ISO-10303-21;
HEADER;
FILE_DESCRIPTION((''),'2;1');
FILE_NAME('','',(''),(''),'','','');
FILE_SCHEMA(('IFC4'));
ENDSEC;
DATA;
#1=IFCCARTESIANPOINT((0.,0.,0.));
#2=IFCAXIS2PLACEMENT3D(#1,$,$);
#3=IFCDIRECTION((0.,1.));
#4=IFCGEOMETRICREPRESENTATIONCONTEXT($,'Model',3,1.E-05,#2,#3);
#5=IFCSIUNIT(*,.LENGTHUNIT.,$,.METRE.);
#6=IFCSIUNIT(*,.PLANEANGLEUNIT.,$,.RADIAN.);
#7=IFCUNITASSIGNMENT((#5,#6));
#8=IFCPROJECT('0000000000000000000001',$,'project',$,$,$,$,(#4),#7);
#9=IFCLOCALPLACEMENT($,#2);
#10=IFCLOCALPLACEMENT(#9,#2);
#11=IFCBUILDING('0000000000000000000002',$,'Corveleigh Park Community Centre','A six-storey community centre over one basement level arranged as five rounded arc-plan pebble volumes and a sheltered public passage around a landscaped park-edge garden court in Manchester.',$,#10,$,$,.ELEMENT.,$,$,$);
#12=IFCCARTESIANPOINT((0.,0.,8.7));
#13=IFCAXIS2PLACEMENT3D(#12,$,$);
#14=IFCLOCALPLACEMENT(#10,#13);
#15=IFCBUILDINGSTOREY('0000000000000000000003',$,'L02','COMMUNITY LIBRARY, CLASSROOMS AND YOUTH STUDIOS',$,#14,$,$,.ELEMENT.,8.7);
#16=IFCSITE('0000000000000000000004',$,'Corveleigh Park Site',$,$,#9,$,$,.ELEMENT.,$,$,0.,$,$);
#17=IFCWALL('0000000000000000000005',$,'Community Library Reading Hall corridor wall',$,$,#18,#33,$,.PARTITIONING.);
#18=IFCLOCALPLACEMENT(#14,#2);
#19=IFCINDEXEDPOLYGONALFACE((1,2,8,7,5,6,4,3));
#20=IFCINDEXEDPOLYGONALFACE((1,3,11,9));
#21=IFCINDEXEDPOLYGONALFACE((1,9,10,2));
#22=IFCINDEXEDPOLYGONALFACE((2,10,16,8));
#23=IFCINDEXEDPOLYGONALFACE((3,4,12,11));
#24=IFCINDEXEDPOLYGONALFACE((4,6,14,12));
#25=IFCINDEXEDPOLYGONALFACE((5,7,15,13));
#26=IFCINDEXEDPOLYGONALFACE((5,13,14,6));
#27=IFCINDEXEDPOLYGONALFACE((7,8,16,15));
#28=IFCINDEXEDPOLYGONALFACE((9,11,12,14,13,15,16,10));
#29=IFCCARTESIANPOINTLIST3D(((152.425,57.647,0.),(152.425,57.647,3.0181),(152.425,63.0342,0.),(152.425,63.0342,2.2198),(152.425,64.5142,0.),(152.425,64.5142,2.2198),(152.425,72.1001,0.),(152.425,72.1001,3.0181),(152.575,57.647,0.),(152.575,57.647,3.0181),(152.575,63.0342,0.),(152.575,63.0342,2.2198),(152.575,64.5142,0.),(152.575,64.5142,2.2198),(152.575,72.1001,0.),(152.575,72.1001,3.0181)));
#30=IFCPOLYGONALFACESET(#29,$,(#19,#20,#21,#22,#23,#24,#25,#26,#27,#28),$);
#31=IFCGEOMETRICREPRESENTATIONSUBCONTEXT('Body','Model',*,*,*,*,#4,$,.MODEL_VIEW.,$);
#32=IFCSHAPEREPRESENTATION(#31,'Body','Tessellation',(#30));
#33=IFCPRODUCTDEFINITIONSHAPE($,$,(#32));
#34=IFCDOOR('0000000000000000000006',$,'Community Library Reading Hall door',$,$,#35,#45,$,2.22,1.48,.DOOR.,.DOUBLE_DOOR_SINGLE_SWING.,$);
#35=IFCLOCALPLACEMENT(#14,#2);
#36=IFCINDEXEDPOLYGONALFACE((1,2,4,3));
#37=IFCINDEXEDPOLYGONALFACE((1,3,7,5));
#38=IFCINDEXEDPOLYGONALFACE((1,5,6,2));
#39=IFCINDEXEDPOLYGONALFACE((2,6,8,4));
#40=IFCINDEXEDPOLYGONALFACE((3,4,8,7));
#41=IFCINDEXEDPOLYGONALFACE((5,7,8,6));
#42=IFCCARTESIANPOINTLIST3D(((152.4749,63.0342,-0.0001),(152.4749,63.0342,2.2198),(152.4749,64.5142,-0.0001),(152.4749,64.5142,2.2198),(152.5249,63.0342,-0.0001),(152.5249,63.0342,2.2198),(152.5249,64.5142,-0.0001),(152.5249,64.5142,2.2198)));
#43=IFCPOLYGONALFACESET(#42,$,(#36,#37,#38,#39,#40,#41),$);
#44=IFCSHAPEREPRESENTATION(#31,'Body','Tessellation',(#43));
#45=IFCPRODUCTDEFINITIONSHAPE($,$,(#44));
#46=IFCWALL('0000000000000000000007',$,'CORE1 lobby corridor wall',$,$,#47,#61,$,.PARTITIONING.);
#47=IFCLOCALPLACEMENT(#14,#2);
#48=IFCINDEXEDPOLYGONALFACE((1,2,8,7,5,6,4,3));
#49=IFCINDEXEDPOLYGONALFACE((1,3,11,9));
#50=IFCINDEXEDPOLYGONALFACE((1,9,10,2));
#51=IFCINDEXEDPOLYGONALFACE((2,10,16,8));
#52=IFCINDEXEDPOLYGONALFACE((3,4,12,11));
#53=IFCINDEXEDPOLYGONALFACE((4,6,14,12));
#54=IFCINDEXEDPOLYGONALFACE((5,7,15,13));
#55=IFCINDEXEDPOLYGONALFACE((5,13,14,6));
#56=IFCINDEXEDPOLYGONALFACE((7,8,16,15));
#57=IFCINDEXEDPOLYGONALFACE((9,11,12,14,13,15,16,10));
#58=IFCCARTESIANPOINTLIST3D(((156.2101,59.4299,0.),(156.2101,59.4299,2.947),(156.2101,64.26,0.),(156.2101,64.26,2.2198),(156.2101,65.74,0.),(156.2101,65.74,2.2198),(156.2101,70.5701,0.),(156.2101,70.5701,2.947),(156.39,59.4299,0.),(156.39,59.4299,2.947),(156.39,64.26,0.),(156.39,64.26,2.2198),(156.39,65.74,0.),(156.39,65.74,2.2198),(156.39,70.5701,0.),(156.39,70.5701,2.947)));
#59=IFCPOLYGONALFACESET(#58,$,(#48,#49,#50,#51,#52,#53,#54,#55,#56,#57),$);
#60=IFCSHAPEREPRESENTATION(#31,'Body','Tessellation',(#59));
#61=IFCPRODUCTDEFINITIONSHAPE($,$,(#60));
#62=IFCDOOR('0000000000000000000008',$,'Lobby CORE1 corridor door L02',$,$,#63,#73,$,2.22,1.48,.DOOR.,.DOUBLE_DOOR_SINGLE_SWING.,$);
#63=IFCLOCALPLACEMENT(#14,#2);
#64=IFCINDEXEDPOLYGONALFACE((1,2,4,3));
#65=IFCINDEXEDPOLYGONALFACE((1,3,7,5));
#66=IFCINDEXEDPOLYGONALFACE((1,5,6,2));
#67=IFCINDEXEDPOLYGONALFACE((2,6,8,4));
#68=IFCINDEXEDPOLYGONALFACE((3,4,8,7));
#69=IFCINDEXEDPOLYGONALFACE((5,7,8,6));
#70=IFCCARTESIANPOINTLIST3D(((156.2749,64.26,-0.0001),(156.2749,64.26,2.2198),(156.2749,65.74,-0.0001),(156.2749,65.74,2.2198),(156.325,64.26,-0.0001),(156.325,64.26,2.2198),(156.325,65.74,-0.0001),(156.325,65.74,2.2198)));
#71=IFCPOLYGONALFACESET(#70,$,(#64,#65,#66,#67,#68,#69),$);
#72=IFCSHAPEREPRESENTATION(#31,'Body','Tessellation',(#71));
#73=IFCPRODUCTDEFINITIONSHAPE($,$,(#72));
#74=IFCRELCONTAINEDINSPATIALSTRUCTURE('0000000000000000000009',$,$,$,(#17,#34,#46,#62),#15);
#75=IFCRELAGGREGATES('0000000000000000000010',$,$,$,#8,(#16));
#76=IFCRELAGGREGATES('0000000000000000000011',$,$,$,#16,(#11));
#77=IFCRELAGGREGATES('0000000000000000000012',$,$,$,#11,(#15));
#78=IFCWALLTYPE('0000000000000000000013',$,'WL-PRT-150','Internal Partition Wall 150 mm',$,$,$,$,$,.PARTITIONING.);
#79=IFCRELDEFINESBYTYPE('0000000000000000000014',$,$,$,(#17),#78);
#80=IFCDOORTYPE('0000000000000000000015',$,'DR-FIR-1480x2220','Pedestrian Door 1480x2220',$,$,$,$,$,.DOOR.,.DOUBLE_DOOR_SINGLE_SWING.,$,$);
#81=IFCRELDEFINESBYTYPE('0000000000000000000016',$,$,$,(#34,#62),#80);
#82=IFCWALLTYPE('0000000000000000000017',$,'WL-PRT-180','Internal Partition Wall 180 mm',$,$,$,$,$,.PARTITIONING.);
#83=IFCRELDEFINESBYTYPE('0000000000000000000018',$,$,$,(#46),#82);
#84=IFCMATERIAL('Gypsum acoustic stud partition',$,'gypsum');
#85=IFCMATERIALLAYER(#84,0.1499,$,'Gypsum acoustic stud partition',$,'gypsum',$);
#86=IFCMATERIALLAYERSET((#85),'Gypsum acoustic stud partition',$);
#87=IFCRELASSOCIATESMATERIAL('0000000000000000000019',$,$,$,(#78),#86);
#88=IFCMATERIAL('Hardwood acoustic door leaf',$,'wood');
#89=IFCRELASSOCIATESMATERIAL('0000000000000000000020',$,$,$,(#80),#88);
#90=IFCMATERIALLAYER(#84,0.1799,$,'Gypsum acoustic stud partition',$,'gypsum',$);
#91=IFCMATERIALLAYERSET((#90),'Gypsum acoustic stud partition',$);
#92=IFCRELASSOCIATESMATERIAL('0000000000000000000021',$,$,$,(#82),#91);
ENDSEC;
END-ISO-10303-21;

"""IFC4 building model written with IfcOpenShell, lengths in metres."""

from ifc_helpers import new_model, si_unit, direction, frame, frame_2d, origin, place, context, subcontext, project, spatial, rectangle, extrude, material, layer, layer_set, type_object, element, fill, save


model = new_model("IFC4")

# Units and contexts
model_context = context("Model", 3, precision=1e-05, world=origin(), true_north=direction((0.0, 1.0)))
body_context = subcontext(model_context, "Body", "Model", "MODEL_VIEW")
ifc_project = project(units=[si_unit("LENGTHUNIT", "METRE"), si_unit("PLANEANGLEUNIT", "RADIAN")], contexts=[model_context])

# Site, building, storey
site_placement = place(None, origin())
site = spatial("IfcSite", under=ifc_project, at=site_placement, Name="Corveleigh Park Site", CompositionType="ELEMENT", RefElevation=0.0)
building_placement = place(site_placement, origin())
building = spatial("IfcBuilding", under=site, at=building_placement, Name="Corveleigh Park Community Centre", Description="A six-storey community centre over one basement level arranged as five rounded arc-plan pebble volumes and a sheltered public passage around a landscaped park-edge garden court in Manchester.", CompositionType="ELEMENT")
storey_placement = place(building_placement, frame((0.0, 0.0, 8.7)))
storey = spatial("IfcBuildingStorey", under=building, at=storey_placement, Name="L02", Description="COMMUNITY LIBRARY, CLASSROOMS AND YOUTH STUDIOS", CompositionType="ELEMENT", Elevation=8.7)

# Shared definitions
ifc_material_1 = material(Name="Gypsum acoustic stud partition", Category="gypsum")
ifc_layer_1 = layer(ifc_material_1, 0.1499, Name="Gypsum acoustic stud partition", Category="gypsum")
ifc_layer_set_1 = layer_set([ifc_layer_1], Name="Gypsum acoustic stud partition")
wall_type_1 = type_object("IfcWallType", Name="WL-PRT-150", Description="Internal Partition Wall 150 mm", PredefinedType="PARTITIONING", material=ifc_layer_set_1)

# Walls, openings, doors
wall_1_placement = place(storey_placement, frame((152.5, 72.1001, 0.0), z_axis=(0.0, 0.0, 1.0), x_axis=(0.0, -1.0, 0.0)))
wall_1 = element("IfcWall", 1, at=wall_1_placement, inside=storey, type_object=wall_type_1, Name="Community Library Reading Hall corridor wall", PredefinedType="PARTITIONING", context=body_context, shape_type="SweptSolid", body=[
    extrude(rectangle(XDim=14.4531, YDim=0.1499, at=frame_2d((7.2266, 0.0))), origin(), (0.0, 0.0, 1.0), 3.0181),
])
opening_1_placement = place(wall_1_placement, frame((7.5859, 0.0, 0.0)))
opening_1 = element("IfcOpeningElement", 2, at=opening_1_placement, cuts=wall_1, PredefinedType="OPENING", context=body_context, shape_type="SweptSolid", body=[
    extrude(rectangle(XDim=1.48, YDim=2.22, at=frame_2d((0.74, 1.1099))), frame((0.0, 0.085, 0.0), z_axis=(0.0, -1.0, 0.0), x_axis=(1.0, 0.0, 0.0)), (0.0, 0.0, 1.0), 0.1699),
])
ifc_material_2 = material(Name="Hardwood acoustic door leaf", Category="wood")
door_type = type_object("IfcDoorType", Name="DR-FIR-1480x2220", Description="Pedestrian Door 1480x2220", OperationType="DOUBLE_DOOR_SINGLE_SWING", PredefinedType="DOOR", material=ifc_material_2)
door_1_placement = place(opening_1_placement, origin())
door_1 = element("IfcDoor", 3, at=door_1_placement, inside=storey, type_object=door_type, Name="Community Library Reading Hall door", OperationType="DOUBLE_DOOR_SINGLE_SWING", OverallHeight=2.22, OverallWidth=1.48, PredefinedType="DOOR", context=body_context, shape_type="SweptSolid", body=[
    extrude(rectangle(XDim=1.48, YDim=2.22, at=frame_2d((0.74, 1.1099))), frame((0.0, 0.0249, 0.0), z_axis=(0.0, -1.0, 0.0), x_axis=(1.0, 0.0, 0.0)), (0.0, 0.0, 1.0), 0.05),
])
fill(opening_1, door_1)
ifc_layer_2 = layer(ifc_material_1, 0.1799, Name="Gypsum acoustic stud partition", Category="gypsum")
ifc_layer_set_2 = layer_set([ifc_layer_2], Name="Gypsum acoustic stud partition")
wall_type_2 = type_object("IfcWallType", Name="WL-PRT-180", Description="Internal Partition Wall 180 mm", PredefinedType="PARTITIONING", material=ifc_layer_set_2)
wall_2_placement = place(storey_placement, frame((156.3, 70.5701, 0.0), z_axis=(0.0, 0.0, 1.0), x_axis=(0.0, -1.0, 0.0)))
wall_2 = element("IfcWall", 4, at=wall_2_placement, inside=storey, type_object=wall_type_2, Name="CORE1 lobby corridor wall", PredefinedType="PARTITIONING", context=body_context, shape_type="SweptSolid", body=[
    extrude(rectangle(XDim=11.1401, YDim=0.1799, at=frame_2d((5.5701, 0.0))), origin(), (0.0, 0.0, 1.0), 2.947),
])
opening_2_placement = place(wall_2_placement, frame((4.8301, 0.0, 0.0)))
opening_2 = element("IfcOpeningElement", 5, at=opening_2_placement, cuts=wall_2, PredefinedType="OPENING", context=body_context, shape_type="SweptSolid", body=[
    extrude(rectangle(XDim=1.48, YDim=2.22, at=frame_2d((0.74, 1.1099))), frame((0.0, 0.0999, 0.0), z_axis=(0.0, -1.0, 0.0), x_axis=(1.0, 0.0, 0.0)), (0.0, 0.0, 1.0), 0.2),
])
door_2_placement = place(opening_2_placement, origin())
door_2 = element("IfcDoor", 6, at=door_2_placement, inside=storey, type_object=door_type, Name="Lobby CORE1 corridor door L02", OperationType="DOUBLE_DOOR_SINGLE_SWING", OverallHeight=2.22, OverallWidth=1.48, PredefinedType="DOOR", context=body_context, shape_type="SweptSolid", body=[
    extrude(rectangle(XDim=1.48, YDim=2.22, at=frame_2d((0.74, 1.1099))), frame((0.0, 0.0249, 0.0), z_axis=(0.0, -1.0, 0.0), x_axis=(1.0, 0.0, 0.0)), (0.0, 0.0, 1.0), 0.05),
])
fill(opening_2, door_2)

save(model, "model.ifc")
